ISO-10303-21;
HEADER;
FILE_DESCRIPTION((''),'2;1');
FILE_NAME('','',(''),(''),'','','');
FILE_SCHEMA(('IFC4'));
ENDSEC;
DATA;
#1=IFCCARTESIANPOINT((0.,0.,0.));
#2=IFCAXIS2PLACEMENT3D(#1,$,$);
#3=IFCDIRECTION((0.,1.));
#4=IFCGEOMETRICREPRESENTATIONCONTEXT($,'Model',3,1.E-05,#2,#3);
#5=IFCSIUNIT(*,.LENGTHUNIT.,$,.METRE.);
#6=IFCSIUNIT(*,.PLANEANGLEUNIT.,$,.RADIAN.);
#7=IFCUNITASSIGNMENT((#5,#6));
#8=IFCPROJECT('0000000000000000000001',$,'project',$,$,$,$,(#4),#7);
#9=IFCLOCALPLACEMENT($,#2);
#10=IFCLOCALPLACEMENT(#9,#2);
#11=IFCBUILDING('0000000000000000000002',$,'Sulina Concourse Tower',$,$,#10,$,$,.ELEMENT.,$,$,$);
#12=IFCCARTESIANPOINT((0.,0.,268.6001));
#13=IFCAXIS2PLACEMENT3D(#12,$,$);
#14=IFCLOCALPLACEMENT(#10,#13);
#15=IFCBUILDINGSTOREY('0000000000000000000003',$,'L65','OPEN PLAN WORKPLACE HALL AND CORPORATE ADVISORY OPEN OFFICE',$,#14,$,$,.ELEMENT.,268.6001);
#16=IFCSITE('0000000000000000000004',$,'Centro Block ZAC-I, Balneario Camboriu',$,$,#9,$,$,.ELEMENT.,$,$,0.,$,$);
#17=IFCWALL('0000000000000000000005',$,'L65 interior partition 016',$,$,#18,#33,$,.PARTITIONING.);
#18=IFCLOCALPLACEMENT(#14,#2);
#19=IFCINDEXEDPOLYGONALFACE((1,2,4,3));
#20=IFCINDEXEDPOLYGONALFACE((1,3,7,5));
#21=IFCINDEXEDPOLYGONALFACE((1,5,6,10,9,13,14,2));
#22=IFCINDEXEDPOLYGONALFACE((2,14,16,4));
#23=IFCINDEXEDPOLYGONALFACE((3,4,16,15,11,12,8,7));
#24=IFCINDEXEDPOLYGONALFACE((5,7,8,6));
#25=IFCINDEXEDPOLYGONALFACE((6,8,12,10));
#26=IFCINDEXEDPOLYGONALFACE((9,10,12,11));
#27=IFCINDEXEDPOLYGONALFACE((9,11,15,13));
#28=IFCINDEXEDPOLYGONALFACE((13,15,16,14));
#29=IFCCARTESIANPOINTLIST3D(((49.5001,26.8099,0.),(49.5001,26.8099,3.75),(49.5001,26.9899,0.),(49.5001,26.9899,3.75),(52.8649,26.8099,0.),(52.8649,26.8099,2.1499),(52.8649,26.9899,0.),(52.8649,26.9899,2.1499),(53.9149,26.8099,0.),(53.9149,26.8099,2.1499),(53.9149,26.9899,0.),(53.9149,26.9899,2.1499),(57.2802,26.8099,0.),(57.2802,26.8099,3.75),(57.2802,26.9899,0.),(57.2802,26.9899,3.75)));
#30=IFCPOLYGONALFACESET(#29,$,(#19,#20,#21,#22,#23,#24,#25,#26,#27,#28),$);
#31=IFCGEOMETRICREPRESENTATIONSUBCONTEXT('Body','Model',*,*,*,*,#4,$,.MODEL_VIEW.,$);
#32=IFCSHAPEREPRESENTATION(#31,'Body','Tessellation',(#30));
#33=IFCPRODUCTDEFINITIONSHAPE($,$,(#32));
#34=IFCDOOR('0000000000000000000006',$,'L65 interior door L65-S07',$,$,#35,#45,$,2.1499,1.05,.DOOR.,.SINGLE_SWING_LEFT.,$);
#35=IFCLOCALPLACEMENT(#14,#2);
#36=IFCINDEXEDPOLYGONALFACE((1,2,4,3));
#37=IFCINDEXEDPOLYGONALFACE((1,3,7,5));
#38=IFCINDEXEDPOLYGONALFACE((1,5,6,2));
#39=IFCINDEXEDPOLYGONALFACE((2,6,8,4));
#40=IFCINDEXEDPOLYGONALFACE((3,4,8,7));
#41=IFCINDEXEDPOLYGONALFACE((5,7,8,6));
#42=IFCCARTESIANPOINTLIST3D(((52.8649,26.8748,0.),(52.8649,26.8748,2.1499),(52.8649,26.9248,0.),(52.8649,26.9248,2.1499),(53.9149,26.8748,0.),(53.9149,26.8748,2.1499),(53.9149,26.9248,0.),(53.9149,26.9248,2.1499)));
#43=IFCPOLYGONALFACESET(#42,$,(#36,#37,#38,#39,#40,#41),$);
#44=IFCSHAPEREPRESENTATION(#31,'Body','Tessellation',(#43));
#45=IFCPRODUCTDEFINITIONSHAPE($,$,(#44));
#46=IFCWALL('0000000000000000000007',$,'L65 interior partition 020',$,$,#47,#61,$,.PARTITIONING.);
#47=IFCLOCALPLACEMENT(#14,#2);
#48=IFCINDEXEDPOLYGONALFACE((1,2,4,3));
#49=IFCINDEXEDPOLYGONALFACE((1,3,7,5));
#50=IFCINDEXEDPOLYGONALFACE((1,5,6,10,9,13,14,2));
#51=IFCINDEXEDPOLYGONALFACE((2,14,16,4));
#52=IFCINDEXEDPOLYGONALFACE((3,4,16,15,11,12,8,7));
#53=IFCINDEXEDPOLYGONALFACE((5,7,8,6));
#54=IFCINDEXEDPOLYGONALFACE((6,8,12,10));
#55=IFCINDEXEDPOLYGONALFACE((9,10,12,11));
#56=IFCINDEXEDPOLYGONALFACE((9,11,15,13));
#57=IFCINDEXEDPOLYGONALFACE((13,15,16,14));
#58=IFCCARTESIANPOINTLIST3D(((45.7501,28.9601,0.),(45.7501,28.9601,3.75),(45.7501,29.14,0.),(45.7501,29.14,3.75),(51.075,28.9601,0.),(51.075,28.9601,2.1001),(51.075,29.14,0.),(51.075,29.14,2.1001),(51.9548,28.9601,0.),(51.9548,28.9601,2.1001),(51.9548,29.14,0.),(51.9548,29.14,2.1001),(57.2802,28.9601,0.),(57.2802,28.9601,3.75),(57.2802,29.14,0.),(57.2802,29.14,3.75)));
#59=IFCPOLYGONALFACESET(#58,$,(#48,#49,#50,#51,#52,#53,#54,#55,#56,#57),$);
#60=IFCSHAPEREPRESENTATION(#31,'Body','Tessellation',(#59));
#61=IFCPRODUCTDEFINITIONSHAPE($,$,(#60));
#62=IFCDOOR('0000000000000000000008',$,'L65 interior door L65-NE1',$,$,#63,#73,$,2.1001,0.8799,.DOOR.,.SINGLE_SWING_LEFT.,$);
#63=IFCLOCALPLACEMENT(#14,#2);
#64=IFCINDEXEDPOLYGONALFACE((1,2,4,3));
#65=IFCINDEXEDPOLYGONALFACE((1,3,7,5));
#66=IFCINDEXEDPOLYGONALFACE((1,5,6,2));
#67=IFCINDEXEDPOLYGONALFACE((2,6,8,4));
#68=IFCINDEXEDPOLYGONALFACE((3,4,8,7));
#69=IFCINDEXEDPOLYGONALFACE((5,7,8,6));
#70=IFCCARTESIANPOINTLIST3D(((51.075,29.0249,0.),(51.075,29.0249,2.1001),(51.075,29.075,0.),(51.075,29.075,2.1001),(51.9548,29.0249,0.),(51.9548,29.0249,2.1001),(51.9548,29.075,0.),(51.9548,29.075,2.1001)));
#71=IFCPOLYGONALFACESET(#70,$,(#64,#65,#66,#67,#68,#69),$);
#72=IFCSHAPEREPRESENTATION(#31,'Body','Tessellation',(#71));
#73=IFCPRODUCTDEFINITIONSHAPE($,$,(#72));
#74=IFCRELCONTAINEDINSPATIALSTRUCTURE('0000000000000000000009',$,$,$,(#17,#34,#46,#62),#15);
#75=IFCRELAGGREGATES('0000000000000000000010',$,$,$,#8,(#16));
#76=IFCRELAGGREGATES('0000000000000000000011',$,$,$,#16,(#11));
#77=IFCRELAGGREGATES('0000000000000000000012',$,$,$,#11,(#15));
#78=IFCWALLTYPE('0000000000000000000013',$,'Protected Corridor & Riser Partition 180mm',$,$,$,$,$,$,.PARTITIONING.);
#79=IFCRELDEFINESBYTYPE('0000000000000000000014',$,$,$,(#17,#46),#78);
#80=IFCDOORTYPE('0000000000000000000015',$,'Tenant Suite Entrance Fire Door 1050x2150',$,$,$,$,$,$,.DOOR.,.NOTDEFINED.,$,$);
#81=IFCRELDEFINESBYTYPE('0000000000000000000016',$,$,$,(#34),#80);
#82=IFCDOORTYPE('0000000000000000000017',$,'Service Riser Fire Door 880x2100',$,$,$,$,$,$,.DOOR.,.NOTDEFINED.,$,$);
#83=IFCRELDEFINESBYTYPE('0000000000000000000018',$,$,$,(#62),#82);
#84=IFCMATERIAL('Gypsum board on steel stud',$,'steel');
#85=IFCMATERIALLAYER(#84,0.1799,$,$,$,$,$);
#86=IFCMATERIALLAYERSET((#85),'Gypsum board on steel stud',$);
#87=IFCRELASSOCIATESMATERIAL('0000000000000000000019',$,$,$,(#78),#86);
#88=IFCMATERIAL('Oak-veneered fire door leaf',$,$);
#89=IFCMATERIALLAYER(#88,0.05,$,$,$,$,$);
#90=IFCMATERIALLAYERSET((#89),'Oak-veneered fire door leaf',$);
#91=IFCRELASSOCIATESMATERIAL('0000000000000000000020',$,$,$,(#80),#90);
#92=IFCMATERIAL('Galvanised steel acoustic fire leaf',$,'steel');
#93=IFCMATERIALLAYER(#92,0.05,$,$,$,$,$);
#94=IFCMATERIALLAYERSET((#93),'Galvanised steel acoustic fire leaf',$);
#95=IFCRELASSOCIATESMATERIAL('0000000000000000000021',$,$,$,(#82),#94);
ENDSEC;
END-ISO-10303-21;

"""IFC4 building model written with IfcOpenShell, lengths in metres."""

from ifc_helpers import new_model, si_unit, direction, frame, frame_2d, origin, place, context, subcontext, project, spatial, rectangle, extrude, material, layer, layer_set, type_object, element, fill, save


model = new_model("IFC4")

# Units and contexts
model_context = context("Model", 3, precision=1e-05, world=origin(), true_north=direction((0.0, 1.0)))
body_context = subcontext(model_context, "Body", "Model", "MODEL_VIEW")
ifc_project = project(units=[si_unit("LENGTHUNIT", "METRE"), si_unit("PLANEANGLEUNIT", "RADIAN")], contexts=[model_context])

# Site, building, storey
site_placement = place(None, origin())
site = spatial("IfcSite", under=ifc_project, at=site_placement, Name="Centro Block ZAC-I, Balneario Camboriu", CompositionType="ELEMENT", RefElevation=0.0)
building_placement = place(site_placement, origin())
building = spatial("IfcBuilding", under=site, at=building_placement, Name="Sulina Concourse Tower", CompositionType="ELEMENT")
storey_placement = place(building_placement, frame((0.0, 0.0, 268.6001)))
storey = spatial("IfcBuildingStorey", under=building, at=storey_placement, Name="L65", Description="OPEN PLAN WORKPLACE HALL AND CORPORATE ADVISORY OPEN OFFICE", CompositionType="ELEMENT", Elevation=268.6001)

# Walls, openings, doors
ifc_material_1 = material(Name="Gypsum board on steel stud", Category="steel")
ifc_layer_1 = layer(ifc_material_1, 0.1799)
ifc_layer_set_1 = layer_set([ifc_layer_1], Name="Gypsum board on steel stud")
wall_type_1 = type_object("IfcWallType", Name="Protected Corridor & Riser Partition 180mm", PredefinedType="PARTITIONING", material=ifc_layer_set_1)
wall_1_placement = place(storey_placement, frame((49.5, 26.8999, 0.0), z_axis=(0.0, 0.0, 1.0), x_axis=(1.0, 0.0, 0.0)))
wall_1 = element("IfcWall", 1, at=wall_1_placement, inside=storey, type_object=wall_type_1, Name="L65 interior partition 016", PredefinedType="PARTITIONING", context=body_context, shape_type="SweptSolid", body=[
    extrude(rectangle(XDim=7.78, YDim=0.1799, at=frame_2d((3.8901, 0.0))), origin(), (0.0, 0.0, 1.0), 3.75),
])
opening_1_placement = place(wall_1_placement, frame((3.365, 0.0, 0.0)))
opening_1 = element("IfcOpeningElement", 2, at=opening_1_placement, cuts=wall_1, PredefinedType="OPENING", context=body_context, shape_type="SweptSolid", body=[
    extrude(rectangle(XDim=1.05, YDim=2.1499, at=frame_2d((0.5249, 1.075))), frame((0.0, 0.0999, 0.0), z_axis=(0.0, -1.0, 0.0), x_axis=(1.0, 0.0, 0.0)), (0.0, 0.0, 1.0), 0.2),
])
ifc_material_2 = material(Name="Oak-veneered fire door leaf")
ifc_layer_2 = layer(ifc_material_2, 0.05)
ifc_layer_set_2 = layer_set([ifc_layer_2], Name="Oak-veneered fire door leaf")
door_type_1 = type_object("IfcDoorType", Name="Tenant Suite Entrance Fire Door 1050x2150", OperationType="NOTDEFINED", PredefinedType="DOOR", material=ifc_layer_set_2)
door_1_placement = place(opening_1_placement, origin())
door_1 = element("IfcDoor", 3, at=door_1_placement, inside=storey, type_object=door_type_1, Name="L65 interior door L65-S07", OperationType="SINGLE_SWING_LEFT", OverallHeight=2.1499, OverallWidth=1.05, PredefinedType="DOOR", context=body_context, shape_type="SweptSolid", body=[
    extrude(rectangle(XDim=1.05, YDim=2.1499, at=frame_2d((0.5249, 1.075))), frame((0.0, 0.0249, 0.0), z_axis=(0.0, -1.0, 0.0), x_axis=(1.0, 0.0, 0.0)), (0.0, 0.0, 1.0), 0.05),
])
fill(opening_1, door_1)
wall_2_placement = place(storey_placement, frame((45.75, 29.05, 0.0), z_axis=(0.0, 0.0, 1.0), x_axis=(1.0, 0.0, 0.0)))
wall_2 = element("IfcWall", 4, at=wall_2_placement, inside=storey, type_object=wall_type_1, Name="L65 interior partition 020", PredefinedType="PARTITIONING", context=body_context, shape_type="SweptSolid", body=[
    extrude(rectangle(XDim=11.53, YDim=0.1799, at=frame_2d((5.7651, 0.0))), origin(), (0.0, 0.0, 1.0), 3.75),
])
opening_2_placement = place(wall_2_placement, frame((5.325, 0.0, 0.0)))
opening_2 = element("IfcOpeningElement", 5, at=opening_2_placement, cuts=wall_2, PredefinedType="OPENING", context=body_context, shape_type="SweptSolid", body=[
    extrude(rectangle(XDim=0.8799, YDim=2.1001, at=frame_2d((0.4399, 1.05))), frame((0.0, 0.0999, 0.0), z_axis=(0.0, -1.0, 0.0), x_axis=(1.0, 0.0, 0.0)), (0.0, 0.0, 1.0), 0.2),
])
ifc_material_3 = material(Name="Galvanised steel acoustic fire leaf", Category="steel")
ifc_layer_3 = layer(ifc_material_3, 0.05)
ifc_layer_set_3 = layer_set([ifc_layer_3], Name="Galvanised steel acoustic fire leaf")
door_type_2 = type_object("IfcDoorType", Name="Service Riser Fire Door 880x2100", OperationType="NOTDEFINED", PredefinedType="DOOR", material=ifc_layer_set_3)
door_2_placement = place(opening_2_placement, origin())
door_2 = element("IfcDoor", 6, at=door_2_placement, inside=storey, type_object=door_type_2, Name="L65 interior door L65-NE1", OperationType="SINGLE_SWING_LEFT", OverallHeight=2.1001, OverallWidth=0.8799, PredefinedType="DOOR", context=body_context, shape_type="SweptSolid", body=[
    extrude(rectangle(XDim=0.8799, YDim=2.1001, at=frame_2d((0.4399, 1.05))), frame((0.0, 0.0249, 0.0), z_axis=(0.0, -1.0, 0.0), x_axis=(1.0, 0.0, 0.0)), (0.0, 0.0, 1.0), 0.05),
])
fill(opening_2, door_2)

save(model, "model.ifc")
